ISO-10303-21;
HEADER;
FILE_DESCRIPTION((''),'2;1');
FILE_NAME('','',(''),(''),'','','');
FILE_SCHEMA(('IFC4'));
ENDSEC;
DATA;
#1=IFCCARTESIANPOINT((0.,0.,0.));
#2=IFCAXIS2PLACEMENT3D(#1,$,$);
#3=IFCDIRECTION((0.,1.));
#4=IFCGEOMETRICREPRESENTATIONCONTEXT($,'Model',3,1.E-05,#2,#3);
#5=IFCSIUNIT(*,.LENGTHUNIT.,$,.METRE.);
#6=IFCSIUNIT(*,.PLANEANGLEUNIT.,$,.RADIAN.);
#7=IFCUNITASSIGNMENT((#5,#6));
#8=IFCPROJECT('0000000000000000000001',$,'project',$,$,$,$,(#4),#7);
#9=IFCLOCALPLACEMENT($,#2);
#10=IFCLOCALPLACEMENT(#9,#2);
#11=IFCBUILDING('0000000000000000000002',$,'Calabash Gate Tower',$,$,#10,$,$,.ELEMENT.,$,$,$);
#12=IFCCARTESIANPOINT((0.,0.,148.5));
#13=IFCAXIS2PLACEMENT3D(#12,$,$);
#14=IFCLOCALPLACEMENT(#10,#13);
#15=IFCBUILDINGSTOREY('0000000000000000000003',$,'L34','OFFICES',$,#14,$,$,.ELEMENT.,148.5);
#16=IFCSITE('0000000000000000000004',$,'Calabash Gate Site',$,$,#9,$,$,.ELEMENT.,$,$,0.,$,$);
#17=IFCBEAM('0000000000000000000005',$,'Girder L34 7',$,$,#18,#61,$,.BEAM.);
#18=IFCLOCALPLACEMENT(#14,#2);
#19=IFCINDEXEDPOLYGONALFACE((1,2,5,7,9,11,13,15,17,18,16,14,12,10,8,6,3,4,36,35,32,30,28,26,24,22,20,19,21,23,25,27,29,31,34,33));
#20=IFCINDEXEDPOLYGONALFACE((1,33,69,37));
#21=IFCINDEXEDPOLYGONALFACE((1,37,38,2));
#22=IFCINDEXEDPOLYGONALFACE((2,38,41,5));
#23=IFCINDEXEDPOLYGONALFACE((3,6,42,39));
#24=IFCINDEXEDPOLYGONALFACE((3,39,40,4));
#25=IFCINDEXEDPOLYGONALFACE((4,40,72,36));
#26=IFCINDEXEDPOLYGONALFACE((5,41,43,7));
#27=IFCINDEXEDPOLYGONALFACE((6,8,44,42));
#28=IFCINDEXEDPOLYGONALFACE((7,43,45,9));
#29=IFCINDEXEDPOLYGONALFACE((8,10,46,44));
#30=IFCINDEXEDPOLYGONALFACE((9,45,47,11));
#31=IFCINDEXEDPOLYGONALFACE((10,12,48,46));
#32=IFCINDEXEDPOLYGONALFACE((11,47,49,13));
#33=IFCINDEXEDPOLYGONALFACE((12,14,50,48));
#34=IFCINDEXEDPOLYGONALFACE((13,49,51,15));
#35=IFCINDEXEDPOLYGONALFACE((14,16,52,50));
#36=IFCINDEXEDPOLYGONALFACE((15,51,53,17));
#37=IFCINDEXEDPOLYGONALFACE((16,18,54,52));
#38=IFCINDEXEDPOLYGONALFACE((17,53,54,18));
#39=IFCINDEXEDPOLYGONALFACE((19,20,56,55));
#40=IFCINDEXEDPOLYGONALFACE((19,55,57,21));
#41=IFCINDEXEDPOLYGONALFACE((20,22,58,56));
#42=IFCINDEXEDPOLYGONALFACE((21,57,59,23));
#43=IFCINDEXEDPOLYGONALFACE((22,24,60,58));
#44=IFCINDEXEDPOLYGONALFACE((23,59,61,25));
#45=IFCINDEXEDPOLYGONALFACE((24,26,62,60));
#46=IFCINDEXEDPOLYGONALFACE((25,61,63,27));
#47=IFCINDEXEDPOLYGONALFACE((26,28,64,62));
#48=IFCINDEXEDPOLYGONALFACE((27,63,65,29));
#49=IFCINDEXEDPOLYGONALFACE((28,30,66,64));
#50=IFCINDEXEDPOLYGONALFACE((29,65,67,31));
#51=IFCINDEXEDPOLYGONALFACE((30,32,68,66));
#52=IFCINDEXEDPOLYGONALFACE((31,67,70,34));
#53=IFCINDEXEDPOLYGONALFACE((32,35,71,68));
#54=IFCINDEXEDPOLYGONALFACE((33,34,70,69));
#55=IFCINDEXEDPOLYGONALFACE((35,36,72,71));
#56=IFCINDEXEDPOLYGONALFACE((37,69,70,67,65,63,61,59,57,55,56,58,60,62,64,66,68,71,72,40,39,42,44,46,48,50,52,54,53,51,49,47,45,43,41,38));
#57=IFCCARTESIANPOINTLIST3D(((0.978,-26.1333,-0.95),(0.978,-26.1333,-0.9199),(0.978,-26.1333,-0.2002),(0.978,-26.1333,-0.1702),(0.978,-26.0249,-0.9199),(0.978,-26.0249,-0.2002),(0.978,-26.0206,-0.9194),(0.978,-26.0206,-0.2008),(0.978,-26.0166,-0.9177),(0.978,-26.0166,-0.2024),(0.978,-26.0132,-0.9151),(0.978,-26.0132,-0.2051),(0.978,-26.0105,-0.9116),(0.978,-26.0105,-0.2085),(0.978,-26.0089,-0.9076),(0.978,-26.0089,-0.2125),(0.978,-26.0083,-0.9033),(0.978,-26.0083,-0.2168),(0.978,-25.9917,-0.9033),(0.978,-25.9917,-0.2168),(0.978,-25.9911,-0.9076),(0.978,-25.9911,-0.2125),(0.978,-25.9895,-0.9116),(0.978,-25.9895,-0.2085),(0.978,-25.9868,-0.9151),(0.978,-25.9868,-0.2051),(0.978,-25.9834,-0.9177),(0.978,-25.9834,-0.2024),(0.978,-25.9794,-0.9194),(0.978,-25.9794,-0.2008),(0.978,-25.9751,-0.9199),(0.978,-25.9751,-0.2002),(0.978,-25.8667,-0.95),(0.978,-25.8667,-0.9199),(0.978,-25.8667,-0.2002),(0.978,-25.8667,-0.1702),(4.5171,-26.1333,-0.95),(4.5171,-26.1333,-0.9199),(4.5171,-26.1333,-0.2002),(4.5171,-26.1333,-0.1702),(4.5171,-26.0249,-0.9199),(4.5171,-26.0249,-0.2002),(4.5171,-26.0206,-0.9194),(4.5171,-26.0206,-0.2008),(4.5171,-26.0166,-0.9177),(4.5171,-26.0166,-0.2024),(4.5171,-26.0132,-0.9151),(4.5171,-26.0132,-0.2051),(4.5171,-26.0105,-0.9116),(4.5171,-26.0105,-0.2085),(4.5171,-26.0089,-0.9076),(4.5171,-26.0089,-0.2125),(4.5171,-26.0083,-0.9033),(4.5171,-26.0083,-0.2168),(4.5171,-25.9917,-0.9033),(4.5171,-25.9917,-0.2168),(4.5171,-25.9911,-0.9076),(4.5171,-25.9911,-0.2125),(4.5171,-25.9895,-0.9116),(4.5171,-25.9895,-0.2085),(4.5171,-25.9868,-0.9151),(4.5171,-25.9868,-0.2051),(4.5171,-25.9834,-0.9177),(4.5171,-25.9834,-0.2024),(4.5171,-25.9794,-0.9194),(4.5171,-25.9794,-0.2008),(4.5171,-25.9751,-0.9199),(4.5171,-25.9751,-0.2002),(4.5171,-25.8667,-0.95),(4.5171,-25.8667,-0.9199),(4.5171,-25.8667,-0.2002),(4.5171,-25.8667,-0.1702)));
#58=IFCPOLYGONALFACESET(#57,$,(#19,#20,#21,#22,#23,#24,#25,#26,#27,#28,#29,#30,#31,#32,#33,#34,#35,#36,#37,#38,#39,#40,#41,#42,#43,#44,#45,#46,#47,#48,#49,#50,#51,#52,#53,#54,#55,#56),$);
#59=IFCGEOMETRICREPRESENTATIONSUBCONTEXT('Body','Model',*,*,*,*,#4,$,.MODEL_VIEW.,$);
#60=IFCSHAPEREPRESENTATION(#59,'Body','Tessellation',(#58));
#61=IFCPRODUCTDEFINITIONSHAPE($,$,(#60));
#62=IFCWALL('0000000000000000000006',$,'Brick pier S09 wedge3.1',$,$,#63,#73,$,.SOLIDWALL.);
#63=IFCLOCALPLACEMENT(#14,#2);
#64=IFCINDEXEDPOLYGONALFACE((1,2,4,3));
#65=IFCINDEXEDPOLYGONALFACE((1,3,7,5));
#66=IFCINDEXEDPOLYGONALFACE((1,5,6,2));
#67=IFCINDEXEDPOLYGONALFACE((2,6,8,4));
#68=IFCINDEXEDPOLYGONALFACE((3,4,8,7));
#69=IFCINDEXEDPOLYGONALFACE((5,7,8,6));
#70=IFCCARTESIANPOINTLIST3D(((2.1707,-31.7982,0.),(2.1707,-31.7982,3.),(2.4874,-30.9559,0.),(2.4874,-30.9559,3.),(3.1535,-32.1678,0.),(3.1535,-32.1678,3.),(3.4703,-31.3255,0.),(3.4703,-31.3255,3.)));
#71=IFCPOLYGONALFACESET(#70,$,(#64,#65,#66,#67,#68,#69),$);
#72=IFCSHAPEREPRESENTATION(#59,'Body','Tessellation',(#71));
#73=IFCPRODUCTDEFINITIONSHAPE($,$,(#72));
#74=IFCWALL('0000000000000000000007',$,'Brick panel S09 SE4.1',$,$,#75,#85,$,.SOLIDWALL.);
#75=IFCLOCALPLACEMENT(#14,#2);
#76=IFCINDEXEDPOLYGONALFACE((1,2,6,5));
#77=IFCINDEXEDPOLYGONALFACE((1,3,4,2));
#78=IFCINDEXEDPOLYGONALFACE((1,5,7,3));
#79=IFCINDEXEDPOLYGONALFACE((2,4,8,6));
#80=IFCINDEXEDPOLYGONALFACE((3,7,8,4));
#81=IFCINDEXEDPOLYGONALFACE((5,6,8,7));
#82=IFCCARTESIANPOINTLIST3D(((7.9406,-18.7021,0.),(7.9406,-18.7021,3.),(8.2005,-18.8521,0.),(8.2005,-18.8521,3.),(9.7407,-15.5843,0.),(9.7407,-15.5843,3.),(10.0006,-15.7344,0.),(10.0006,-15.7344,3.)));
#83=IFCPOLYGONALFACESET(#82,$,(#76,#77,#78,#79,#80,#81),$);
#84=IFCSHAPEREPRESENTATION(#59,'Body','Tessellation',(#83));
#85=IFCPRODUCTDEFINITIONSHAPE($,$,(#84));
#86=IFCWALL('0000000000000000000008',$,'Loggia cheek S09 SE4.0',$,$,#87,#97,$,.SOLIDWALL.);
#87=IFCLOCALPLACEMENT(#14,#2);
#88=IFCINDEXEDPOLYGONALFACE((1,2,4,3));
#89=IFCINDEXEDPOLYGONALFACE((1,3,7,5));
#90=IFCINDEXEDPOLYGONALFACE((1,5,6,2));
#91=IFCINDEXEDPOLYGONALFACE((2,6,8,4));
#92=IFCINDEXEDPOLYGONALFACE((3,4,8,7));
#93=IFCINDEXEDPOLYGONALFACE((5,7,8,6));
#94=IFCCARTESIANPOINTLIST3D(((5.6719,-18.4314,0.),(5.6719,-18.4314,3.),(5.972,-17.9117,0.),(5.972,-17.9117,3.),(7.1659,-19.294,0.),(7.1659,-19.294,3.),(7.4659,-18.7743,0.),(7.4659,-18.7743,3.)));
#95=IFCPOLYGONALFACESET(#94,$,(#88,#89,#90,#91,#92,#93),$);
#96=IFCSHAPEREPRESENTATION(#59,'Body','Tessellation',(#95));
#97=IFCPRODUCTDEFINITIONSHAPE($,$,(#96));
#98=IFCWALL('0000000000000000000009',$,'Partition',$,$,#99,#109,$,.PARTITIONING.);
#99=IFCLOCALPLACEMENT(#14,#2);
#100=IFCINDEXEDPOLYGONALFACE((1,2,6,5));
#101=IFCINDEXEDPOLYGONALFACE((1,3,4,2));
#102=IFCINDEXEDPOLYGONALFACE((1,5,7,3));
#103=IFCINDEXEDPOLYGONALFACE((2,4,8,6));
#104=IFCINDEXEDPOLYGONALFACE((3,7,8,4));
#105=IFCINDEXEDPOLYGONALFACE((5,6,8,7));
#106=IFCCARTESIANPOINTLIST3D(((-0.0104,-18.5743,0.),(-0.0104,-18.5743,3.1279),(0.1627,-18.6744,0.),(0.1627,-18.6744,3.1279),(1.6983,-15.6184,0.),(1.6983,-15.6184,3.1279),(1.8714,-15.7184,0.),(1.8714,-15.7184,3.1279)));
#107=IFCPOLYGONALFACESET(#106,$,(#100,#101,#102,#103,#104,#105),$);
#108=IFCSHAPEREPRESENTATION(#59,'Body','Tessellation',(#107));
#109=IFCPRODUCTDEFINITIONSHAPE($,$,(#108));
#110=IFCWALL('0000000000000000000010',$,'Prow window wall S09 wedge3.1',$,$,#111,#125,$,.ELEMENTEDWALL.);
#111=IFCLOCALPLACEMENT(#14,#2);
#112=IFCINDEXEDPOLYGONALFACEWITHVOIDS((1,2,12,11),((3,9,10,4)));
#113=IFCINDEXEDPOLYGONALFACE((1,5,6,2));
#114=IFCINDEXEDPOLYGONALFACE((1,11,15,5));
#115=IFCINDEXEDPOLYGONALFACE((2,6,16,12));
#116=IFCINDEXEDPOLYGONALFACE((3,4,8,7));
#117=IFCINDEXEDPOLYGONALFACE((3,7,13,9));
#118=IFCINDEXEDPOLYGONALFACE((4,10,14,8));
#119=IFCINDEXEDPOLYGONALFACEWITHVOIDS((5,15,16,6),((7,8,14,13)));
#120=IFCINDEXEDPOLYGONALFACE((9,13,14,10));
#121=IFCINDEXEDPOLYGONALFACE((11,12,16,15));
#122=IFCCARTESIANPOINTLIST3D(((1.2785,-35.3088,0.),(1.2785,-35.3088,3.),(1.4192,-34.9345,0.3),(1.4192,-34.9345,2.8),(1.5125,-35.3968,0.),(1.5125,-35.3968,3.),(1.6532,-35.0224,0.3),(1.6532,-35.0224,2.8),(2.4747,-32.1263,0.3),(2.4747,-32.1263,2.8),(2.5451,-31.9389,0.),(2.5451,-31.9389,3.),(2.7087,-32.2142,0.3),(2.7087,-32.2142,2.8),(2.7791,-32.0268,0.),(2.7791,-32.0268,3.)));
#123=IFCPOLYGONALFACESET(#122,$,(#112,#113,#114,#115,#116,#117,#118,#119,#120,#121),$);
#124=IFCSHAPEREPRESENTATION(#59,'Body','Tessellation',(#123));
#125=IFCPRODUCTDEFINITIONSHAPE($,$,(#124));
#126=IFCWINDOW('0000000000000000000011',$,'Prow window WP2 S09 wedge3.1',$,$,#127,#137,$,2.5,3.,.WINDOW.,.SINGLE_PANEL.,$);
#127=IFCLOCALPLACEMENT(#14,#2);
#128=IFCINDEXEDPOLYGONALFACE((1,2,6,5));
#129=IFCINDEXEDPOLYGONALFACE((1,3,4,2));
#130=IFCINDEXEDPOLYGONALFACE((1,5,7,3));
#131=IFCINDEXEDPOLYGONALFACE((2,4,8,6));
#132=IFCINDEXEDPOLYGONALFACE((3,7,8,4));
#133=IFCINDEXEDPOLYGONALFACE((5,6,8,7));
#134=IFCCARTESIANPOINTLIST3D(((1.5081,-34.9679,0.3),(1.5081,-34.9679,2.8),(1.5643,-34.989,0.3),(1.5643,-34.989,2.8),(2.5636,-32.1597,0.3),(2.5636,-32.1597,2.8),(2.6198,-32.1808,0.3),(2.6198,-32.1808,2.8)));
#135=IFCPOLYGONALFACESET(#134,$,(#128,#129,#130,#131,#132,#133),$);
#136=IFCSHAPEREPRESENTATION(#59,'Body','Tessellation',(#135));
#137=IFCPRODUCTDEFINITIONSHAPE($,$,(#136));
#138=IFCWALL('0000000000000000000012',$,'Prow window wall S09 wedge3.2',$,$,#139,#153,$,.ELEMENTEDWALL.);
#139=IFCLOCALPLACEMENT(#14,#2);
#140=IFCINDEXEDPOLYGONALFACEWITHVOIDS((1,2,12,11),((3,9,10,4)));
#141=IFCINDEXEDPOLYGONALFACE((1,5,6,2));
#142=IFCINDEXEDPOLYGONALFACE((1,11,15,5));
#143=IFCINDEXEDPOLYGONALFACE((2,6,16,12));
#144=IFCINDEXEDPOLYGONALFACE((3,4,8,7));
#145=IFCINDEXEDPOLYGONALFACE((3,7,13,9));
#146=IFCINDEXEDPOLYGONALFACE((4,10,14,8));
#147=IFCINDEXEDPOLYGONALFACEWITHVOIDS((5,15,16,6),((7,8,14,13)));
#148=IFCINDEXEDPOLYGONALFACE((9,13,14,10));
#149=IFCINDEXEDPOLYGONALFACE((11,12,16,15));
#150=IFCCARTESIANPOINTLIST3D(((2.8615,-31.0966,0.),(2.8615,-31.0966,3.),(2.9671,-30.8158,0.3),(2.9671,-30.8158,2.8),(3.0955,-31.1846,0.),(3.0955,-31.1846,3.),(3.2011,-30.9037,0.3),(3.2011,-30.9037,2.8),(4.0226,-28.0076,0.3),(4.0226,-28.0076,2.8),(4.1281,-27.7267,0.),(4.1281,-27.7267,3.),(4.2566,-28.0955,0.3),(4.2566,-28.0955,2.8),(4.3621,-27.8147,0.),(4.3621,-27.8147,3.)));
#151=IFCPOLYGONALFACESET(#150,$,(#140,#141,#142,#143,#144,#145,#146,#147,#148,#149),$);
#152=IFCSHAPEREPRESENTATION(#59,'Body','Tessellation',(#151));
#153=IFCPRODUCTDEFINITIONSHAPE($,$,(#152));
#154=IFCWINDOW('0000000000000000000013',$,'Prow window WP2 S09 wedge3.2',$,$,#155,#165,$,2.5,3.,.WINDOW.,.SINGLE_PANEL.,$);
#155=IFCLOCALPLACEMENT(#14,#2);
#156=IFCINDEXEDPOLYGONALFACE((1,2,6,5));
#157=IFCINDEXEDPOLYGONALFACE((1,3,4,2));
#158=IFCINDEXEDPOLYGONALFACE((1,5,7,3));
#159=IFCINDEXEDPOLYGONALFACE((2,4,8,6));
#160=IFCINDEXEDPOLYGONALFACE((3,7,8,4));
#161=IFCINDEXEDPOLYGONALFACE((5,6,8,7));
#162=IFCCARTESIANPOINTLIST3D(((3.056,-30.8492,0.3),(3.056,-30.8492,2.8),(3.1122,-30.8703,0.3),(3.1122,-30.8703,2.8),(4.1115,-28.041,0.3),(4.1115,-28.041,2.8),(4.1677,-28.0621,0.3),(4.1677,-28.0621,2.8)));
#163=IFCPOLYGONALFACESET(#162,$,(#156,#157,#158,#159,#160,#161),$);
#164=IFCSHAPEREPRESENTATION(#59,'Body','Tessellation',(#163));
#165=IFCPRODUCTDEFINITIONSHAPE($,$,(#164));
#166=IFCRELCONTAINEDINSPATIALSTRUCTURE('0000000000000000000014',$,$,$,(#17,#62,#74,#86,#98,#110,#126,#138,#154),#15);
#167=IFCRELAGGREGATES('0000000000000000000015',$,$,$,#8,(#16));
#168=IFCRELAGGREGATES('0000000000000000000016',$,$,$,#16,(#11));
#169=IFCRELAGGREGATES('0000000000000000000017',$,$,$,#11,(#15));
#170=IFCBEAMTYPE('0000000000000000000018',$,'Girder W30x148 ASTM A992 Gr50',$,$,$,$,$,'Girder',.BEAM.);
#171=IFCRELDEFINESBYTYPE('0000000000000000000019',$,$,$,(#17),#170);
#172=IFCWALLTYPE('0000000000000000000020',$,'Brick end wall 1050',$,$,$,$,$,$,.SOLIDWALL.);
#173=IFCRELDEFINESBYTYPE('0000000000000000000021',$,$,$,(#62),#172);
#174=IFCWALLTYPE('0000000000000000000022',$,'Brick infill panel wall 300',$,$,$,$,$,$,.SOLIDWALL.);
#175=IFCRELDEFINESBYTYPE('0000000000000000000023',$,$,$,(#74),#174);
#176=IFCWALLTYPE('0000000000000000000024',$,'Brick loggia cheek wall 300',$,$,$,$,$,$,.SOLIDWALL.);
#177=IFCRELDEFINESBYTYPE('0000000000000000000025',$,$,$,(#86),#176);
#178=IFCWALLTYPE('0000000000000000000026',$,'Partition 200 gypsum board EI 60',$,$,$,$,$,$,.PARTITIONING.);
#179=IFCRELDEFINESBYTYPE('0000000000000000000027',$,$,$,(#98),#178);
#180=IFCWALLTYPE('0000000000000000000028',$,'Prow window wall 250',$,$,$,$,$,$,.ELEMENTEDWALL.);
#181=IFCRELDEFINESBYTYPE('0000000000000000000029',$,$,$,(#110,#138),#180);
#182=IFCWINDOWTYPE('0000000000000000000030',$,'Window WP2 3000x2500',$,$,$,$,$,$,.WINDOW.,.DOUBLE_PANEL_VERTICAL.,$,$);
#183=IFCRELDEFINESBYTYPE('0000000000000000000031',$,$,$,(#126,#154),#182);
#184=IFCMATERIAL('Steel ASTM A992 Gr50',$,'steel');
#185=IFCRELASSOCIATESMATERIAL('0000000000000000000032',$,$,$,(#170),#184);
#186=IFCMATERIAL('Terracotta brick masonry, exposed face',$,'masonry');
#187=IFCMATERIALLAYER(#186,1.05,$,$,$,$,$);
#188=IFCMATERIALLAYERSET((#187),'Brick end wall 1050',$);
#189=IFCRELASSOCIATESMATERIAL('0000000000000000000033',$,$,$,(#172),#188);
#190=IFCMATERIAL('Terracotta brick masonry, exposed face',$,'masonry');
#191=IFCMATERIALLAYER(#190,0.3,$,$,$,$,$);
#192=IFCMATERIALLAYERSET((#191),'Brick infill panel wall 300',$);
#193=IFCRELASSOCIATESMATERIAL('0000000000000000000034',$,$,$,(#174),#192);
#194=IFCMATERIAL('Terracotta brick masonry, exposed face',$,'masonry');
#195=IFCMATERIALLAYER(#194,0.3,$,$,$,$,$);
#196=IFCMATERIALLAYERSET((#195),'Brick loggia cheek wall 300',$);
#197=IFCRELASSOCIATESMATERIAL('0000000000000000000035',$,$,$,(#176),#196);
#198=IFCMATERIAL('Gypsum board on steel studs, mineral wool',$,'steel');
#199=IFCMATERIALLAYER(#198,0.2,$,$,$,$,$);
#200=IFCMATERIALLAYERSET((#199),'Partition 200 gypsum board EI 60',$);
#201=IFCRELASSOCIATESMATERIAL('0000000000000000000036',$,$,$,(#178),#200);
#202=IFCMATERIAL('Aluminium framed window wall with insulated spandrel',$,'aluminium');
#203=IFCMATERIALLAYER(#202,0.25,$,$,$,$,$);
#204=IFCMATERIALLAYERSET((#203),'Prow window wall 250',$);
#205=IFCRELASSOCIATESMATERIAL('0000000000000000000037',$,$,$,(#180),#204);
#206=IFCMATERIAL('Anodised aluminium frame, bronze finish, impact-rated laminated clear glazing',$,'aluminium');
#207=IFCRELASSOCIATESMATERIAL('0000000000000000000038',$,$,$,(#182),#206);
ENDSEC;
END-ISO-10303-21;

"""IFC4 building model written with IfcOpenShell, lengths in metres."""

from ifc_helpers import new_model, si_unit, direction, frame, frame_2d, origin, origin_2d, place, context, subcontext, project, spatial, rectangle, i_section, extrude, material, layer, layer_set, material_profile, profile_set, type_object, element, fill, save


model = new_model("IFC4")

# Units and contexts
model_context = context("Model", 3, precision=1e-05, world=origin(), true_north=direction((0.0, 1.0)))
body_context = subcontext(model_context, "Body", "Model", "MODEL_VIEW")
ifc_project = project(units=[si_unit("LENGTHUNIT", "METRE"), si_unit("PLANEANGLEUNIT", "RADIAN")], contexts=[model_context])

# Site, building, storey
site_placement = place(None, origin())
site = spatial("IfcSite", under=ifc_project, at=site_placement, Name="Calabash Gate Site", CompositionType="ELEMENT", RefElevation=0.0)
building_placement = place(site_placement, origin())
building = spatial("IfcBuilding", under=site, at=building_placement, Name="Calabash Gate Tower", CompositionType="ELEMENT")
storey_placement = place(building_placement, frame((0.0, 0.0, 148.5)))
storey = spatial("IfcBuildingStorey", under=building, at=storey_placement, Name="L34", Description="OFFICES", CompositionType="ELEMENT", Elevation=148.5)

# Beam
ifc_material_1 = material(Name="Steel ASTM A992 Gr50", Category="steel")
ifc_material_profile_1 = material_profile(ifc_material_1, i_section(OverallWidth=0.2666, OverallDepth=0.7798, WebThickness=0.0166, FlangeThickness=0.03, FilletRadius=0.0166, at=origin_2d()))
ifc_profile_set_1 = profile_set([ifc_material_profile_1], Name="Steel ASTM A992 Gr50")
beam_type_1 = type_object("IfcBeamType", Name="Girder W30x148 ASTM A992 Gr50", ElementType="Girder", PredefinedType="BEAM", material=ifc_profile_set_1)
beam_1_placement = place(storey_placement, frame((0.978, -26.0, -0.5601), z_axis=(1.0, 0.0, 0.0), x_axis=(0.0, 1.0, 0.0)))
element("IfcBeam", 1, at=beam_1_placement, inside=storey, type_object=beam_type_1, Name="Girder L34 7", PredefinedType="BEAM", context=body_context, shape_type="SweptSolid", body=[
    extrude(i_section(OverallWidth=0.2666, OverallDepth=0.7798, WebThickness=0.0166, FlangeThickness=0.03, FilletRadius=0.0166, at=origin_2d()), origin(), (0.0, 0.0, 1.0), 3.5391),
])

# Walls
ifc_material_2 = material(Name="Terracotta brick masonry, exposed face", Category="masonry")
ifc_layer_1 = layer(ifc_material_2, 1.05)
ifc_layer_set_1 = layer_set([ifc_layer_1], Name="Brick end wall 1050")
wall_type_1 = type_object("IfcWallType", Name="Brick end wall 1050", PredefinedType="SOLIDWALL", material=ifc_layer_set_1)
wall_1_placement = place(storey_placement, frame((3.3118, -31.7466, 0.0), z_axis=(0.0, 0.0, 1.0), x_axis=(-0.936004, 0.35199, 0.0)))
element("IfcWall", 2, at=wall_1_placement, inside=storey, type_object=wall_type_1, Name="Brick pier S09 wedge3.1", PredefinedType="SOLIDWALL", context=body_context, shape_type="SweptSolid", body=[
    extrude(rectangle(XDim=1.05, YDim=0.8999, at=frame_2d((0.5249, 0.0))), origin(), (0.0, 0.0, 1.0), 3.0),
])
ifc_material_3 = material(Name="Terracotta brick masonry, exposed face", Category="masonry")
ifc_layer_2 = layer(ifc_material_3, 0.3)
ifc_layer_set_2 = layer_set([ifc_layer_2], Name="Brick infill panel wall 300")
wall_type_2 = type_object("IfcWallType", Name="Brick infill panel wall 300", PredefinedType="SOLIDWALL", material=ifc_layer_set_2)
wall_2_placement = place(storey_placement, frame((8.0706, -18.7771, 0.0), z_axis=(0.0, 0.0, 1.0), x_axis=(0.500012, 0.866018, 0.0)))
element("IfcWall", 3, at=wall_2_placement, inside=storey, type_object=wall_type_2, Name="Brick panel S09 SE4.1", PredefinedType="SOLIDWALL", context=body_context, shape_type="SweptSolid", body=[
    extrude(rectangle(XDim=3.6001, YDim=0.3, at=frame_2d((1.8, 0.0))), origin(), (0.0, 0.0, 1.0), 3.0),
])
ifc_material_4 = material(Name="Terracotta brick masonry, exposed face", Category="masonry")
ifc_layer_3 = layer(ifc_material_4, 0.3)
ifc_layer_set_3 = layer_set([ifc_layer_3], Name="Brick loggia cheek wall 300")
wall_type_3 = type_object("IfcWallType", Name="Brick loggia cheek wall 300", PredefinedType="SOLIDWALL", material=ifc_layer_set_3)
wall_3_placement = place(storey_placement, frame((7.3159, -19.0342, 0.0), z_axis=(0.0, 0.0, 1.0), x_axis=(-0.866014, 0.500021, 0.0)))
element("IfcWall", 4, at=wall_3_placement, inside=storey, type_object=wall_type_3, Name="Loggia cheek S09 SE4.0", PredefinedType="SOLIDWALL", context=body_context, shape_type="SweptSolid", body=[
    extrude(rectangle(XDim=1.7251, YDim=0.6001, at=frame_2d((0.8625, 0.0))), origin(), (0.0, 0.0, 1.0), 3.0),
])
ifc_material_5 = material(Name="Gypsum board on steel studs, mineral wool", Category="steel")
ifc_layer_4 = layer(ifc_material_5, 0.2)
ifc_layer_set_4 = layer_set([ifc_layer_4], Name="Partition 200 gypsum board EI 60")
wall_type_4 = type_object("IfcWallType", Name="Partition 200 gypsum board EI 60", PredefinedType="PARTITIONING", material=ifc_layer_set_4)
wall_4_placement = place(storey_placement, frame((0.0762, -18.6243, 0.0), z_axis=(0.0, 0.0, 1.0), x_axis=(0.500453, 0.865764, 0.0)))
element("IfcWall", 5, at=wall_4_placement, inside=storey, type_object=wall_type_4, Name="Partition", PredefinedType="PARTITIONING", context=body_context, shape_type="SweptSolid", body=[
    extrude(rectangle(XDim=3.4143, YDim=0.2, at=frame_2d((1.707, 0.0))), origin(), (0.0, 0.0, 1.0), 3.1279),
])

# Walls, openings, windows
ifc_material_6 = material(Name="Aluminium framed window wall with insulated spandrel", Category="aluminium")
ifc_layer_5 = layer(ifc_material_6, 0.25)
ifc_layer_set_5 = layer_set([ifc_layer_5], Name="Prow window wall 250")
wall_type_5 = type_object("IfcWallType", Name="Prow window wall 250", PredefinedType="ELEMENTEDWALL", material=ifc_layer_set_5)
wall_5_placement = place(storey_placement, frame((1.3955, -35.3528, 0.0), z_axis=(0.0, 0.0, 1.0), x_axis=(0.351829, 0.936064, 0.0)))
wall_5 = element("IfcWall", 6, at=wall_5_placement, inside=storey, type_object=wall_type_5, Name="Prow window wall S09 wedge3.1", PredefinedType="ELEMENTEDWALL", context=body_context, shape_type="SweptSolid", body=[
    extrude(rectangle(XDim=3.6001, YDim=0.25, at=frame_2d((1.8, 0.0))), origin(), (0.0, 0.0, 1.0), 3.0),
])
opening_1_placement = place(wall_5_placement, frame((0.3999, 0.0, 0.3)))
opening_1 = element("IfcOpeningElement", 7, at=opening_1_placement, cuts=wall_5, PredefinedType="OPENING", context=body_context, shape_type="SweptSolid", body=[
    extrude(rectangle(XDim=3.0, YDim=2.5, at=frame_2d((1.5, 1.25))), frame((0.0, 0.135, 0.0), z_axis=(0.0, -1.0, 0.0), x_axis=(1.0, 0.0, 0.0)), (0.0, 0.0, 1.0), 0.27),
])
ifc_material_7 = material(Name="Anodised aluminium frame, bronze finish, impact-rated laminated clear glazing", Category="aluminium")
window_type_1 = type_object("IfcWindowType", Name="Window WP2 3000x2500", PartitioningType="DOUBLE_PANEL_VERTICAL", PredefinedType="WINDOW", material=ifc_material_7)
window_1_placement = place(opening_1_placement, origin())
window_1 = element("IfcWindow", 8, at=window_1_placement, inside=storey, type_object=window_type_1, Name="Prow window WP2 S09 wedge3.1", OverallHeight=2.5, OverallWidth=3.0, PartitioningType="SINGLE_PANEL", PredefinedType="WINDOW", context=body_context, shape_type="SweptSolid", body=[
    extrude(rectangle(XDim=3.0, YDim=2.5, at=frame_2d((1.5, 1.25))), frame((0.0, 0.03, 0.0), z_axis=(0.0, -1.0, 0.0), x_axis=(1.0, 0.0, 0.0)), (0.0, 0.0, 1.0), 0.0601),
])
fill(opening_1, window_1)
wall_6_placement = place(storey_placement, frame((2.9785, -31.1406, 0.0), z_axis=(0.0, 0.0, 1.0), x_axis=(0.351829, 0.936064, 0.0)))
wall_6 = element("IfcWall", 9, at=wall_6_placement, inside=storey, type_object=wall_type_5, Name="Prow window wall S09 wedge3.2", PredefinedType="ELEMENTEDWALL", context=body_context, shape_type="SweptSolid", body=[
    extrude(rectangle(XDim=3.6001, YDim=0.25, at=frame_2d((1.8, 0.0))), origin(), (0.0, 0.0, 1.0), 3.0),
])
opening_2_placement = place(wall_6_placement, frame((0.3, 0.0, 0.3)))
opening_2 = element("IfcOpeningElement", 10, at=opening_2_placement, cuts=wall_6, PredefinedType="OPENING", context=body_context, shape_type="SweptSolid", body=[
    extrude(rectangle(XDim=3.0, YDim=2.5, at=frame_2d((1.5, 1.25))), frame((0.0, 0.135, 0.0), z_axis=(0.0, -1.0, 0.0), x_axis=(1.0, 0.0, 0.0)), (0.0, 0.0, 1.0), 0.27),
])
window_2_placement = place(opening_2_placement, origin())
window_2 = element("IfcWindow", 11, at=window_2_placement, inside=storey, type_object=window_type_1, Name="Prow window WP2 S09 wedge3.2", OverallHeight=2.5, OverallWidth=3.0, PartitioningType="SINGLE_PANEL", PredefinedType="WINDOW", context=body_context, shape_type="SweptSolid", body=[
    extrude(rectangle(XDim=3.0, YDim=2.5, at=frame_2d((1.5, 1.25))), frame((0.0, 0.03, 0.0), z_axis=(0.0, -1.0, 0.0), x_axis=(1.0, 0.0, 0.0)), (0.0, 0.0, 1.0), 0.0601),
])
fill(opening_2, window_2)

save(model, "model.ifc")
